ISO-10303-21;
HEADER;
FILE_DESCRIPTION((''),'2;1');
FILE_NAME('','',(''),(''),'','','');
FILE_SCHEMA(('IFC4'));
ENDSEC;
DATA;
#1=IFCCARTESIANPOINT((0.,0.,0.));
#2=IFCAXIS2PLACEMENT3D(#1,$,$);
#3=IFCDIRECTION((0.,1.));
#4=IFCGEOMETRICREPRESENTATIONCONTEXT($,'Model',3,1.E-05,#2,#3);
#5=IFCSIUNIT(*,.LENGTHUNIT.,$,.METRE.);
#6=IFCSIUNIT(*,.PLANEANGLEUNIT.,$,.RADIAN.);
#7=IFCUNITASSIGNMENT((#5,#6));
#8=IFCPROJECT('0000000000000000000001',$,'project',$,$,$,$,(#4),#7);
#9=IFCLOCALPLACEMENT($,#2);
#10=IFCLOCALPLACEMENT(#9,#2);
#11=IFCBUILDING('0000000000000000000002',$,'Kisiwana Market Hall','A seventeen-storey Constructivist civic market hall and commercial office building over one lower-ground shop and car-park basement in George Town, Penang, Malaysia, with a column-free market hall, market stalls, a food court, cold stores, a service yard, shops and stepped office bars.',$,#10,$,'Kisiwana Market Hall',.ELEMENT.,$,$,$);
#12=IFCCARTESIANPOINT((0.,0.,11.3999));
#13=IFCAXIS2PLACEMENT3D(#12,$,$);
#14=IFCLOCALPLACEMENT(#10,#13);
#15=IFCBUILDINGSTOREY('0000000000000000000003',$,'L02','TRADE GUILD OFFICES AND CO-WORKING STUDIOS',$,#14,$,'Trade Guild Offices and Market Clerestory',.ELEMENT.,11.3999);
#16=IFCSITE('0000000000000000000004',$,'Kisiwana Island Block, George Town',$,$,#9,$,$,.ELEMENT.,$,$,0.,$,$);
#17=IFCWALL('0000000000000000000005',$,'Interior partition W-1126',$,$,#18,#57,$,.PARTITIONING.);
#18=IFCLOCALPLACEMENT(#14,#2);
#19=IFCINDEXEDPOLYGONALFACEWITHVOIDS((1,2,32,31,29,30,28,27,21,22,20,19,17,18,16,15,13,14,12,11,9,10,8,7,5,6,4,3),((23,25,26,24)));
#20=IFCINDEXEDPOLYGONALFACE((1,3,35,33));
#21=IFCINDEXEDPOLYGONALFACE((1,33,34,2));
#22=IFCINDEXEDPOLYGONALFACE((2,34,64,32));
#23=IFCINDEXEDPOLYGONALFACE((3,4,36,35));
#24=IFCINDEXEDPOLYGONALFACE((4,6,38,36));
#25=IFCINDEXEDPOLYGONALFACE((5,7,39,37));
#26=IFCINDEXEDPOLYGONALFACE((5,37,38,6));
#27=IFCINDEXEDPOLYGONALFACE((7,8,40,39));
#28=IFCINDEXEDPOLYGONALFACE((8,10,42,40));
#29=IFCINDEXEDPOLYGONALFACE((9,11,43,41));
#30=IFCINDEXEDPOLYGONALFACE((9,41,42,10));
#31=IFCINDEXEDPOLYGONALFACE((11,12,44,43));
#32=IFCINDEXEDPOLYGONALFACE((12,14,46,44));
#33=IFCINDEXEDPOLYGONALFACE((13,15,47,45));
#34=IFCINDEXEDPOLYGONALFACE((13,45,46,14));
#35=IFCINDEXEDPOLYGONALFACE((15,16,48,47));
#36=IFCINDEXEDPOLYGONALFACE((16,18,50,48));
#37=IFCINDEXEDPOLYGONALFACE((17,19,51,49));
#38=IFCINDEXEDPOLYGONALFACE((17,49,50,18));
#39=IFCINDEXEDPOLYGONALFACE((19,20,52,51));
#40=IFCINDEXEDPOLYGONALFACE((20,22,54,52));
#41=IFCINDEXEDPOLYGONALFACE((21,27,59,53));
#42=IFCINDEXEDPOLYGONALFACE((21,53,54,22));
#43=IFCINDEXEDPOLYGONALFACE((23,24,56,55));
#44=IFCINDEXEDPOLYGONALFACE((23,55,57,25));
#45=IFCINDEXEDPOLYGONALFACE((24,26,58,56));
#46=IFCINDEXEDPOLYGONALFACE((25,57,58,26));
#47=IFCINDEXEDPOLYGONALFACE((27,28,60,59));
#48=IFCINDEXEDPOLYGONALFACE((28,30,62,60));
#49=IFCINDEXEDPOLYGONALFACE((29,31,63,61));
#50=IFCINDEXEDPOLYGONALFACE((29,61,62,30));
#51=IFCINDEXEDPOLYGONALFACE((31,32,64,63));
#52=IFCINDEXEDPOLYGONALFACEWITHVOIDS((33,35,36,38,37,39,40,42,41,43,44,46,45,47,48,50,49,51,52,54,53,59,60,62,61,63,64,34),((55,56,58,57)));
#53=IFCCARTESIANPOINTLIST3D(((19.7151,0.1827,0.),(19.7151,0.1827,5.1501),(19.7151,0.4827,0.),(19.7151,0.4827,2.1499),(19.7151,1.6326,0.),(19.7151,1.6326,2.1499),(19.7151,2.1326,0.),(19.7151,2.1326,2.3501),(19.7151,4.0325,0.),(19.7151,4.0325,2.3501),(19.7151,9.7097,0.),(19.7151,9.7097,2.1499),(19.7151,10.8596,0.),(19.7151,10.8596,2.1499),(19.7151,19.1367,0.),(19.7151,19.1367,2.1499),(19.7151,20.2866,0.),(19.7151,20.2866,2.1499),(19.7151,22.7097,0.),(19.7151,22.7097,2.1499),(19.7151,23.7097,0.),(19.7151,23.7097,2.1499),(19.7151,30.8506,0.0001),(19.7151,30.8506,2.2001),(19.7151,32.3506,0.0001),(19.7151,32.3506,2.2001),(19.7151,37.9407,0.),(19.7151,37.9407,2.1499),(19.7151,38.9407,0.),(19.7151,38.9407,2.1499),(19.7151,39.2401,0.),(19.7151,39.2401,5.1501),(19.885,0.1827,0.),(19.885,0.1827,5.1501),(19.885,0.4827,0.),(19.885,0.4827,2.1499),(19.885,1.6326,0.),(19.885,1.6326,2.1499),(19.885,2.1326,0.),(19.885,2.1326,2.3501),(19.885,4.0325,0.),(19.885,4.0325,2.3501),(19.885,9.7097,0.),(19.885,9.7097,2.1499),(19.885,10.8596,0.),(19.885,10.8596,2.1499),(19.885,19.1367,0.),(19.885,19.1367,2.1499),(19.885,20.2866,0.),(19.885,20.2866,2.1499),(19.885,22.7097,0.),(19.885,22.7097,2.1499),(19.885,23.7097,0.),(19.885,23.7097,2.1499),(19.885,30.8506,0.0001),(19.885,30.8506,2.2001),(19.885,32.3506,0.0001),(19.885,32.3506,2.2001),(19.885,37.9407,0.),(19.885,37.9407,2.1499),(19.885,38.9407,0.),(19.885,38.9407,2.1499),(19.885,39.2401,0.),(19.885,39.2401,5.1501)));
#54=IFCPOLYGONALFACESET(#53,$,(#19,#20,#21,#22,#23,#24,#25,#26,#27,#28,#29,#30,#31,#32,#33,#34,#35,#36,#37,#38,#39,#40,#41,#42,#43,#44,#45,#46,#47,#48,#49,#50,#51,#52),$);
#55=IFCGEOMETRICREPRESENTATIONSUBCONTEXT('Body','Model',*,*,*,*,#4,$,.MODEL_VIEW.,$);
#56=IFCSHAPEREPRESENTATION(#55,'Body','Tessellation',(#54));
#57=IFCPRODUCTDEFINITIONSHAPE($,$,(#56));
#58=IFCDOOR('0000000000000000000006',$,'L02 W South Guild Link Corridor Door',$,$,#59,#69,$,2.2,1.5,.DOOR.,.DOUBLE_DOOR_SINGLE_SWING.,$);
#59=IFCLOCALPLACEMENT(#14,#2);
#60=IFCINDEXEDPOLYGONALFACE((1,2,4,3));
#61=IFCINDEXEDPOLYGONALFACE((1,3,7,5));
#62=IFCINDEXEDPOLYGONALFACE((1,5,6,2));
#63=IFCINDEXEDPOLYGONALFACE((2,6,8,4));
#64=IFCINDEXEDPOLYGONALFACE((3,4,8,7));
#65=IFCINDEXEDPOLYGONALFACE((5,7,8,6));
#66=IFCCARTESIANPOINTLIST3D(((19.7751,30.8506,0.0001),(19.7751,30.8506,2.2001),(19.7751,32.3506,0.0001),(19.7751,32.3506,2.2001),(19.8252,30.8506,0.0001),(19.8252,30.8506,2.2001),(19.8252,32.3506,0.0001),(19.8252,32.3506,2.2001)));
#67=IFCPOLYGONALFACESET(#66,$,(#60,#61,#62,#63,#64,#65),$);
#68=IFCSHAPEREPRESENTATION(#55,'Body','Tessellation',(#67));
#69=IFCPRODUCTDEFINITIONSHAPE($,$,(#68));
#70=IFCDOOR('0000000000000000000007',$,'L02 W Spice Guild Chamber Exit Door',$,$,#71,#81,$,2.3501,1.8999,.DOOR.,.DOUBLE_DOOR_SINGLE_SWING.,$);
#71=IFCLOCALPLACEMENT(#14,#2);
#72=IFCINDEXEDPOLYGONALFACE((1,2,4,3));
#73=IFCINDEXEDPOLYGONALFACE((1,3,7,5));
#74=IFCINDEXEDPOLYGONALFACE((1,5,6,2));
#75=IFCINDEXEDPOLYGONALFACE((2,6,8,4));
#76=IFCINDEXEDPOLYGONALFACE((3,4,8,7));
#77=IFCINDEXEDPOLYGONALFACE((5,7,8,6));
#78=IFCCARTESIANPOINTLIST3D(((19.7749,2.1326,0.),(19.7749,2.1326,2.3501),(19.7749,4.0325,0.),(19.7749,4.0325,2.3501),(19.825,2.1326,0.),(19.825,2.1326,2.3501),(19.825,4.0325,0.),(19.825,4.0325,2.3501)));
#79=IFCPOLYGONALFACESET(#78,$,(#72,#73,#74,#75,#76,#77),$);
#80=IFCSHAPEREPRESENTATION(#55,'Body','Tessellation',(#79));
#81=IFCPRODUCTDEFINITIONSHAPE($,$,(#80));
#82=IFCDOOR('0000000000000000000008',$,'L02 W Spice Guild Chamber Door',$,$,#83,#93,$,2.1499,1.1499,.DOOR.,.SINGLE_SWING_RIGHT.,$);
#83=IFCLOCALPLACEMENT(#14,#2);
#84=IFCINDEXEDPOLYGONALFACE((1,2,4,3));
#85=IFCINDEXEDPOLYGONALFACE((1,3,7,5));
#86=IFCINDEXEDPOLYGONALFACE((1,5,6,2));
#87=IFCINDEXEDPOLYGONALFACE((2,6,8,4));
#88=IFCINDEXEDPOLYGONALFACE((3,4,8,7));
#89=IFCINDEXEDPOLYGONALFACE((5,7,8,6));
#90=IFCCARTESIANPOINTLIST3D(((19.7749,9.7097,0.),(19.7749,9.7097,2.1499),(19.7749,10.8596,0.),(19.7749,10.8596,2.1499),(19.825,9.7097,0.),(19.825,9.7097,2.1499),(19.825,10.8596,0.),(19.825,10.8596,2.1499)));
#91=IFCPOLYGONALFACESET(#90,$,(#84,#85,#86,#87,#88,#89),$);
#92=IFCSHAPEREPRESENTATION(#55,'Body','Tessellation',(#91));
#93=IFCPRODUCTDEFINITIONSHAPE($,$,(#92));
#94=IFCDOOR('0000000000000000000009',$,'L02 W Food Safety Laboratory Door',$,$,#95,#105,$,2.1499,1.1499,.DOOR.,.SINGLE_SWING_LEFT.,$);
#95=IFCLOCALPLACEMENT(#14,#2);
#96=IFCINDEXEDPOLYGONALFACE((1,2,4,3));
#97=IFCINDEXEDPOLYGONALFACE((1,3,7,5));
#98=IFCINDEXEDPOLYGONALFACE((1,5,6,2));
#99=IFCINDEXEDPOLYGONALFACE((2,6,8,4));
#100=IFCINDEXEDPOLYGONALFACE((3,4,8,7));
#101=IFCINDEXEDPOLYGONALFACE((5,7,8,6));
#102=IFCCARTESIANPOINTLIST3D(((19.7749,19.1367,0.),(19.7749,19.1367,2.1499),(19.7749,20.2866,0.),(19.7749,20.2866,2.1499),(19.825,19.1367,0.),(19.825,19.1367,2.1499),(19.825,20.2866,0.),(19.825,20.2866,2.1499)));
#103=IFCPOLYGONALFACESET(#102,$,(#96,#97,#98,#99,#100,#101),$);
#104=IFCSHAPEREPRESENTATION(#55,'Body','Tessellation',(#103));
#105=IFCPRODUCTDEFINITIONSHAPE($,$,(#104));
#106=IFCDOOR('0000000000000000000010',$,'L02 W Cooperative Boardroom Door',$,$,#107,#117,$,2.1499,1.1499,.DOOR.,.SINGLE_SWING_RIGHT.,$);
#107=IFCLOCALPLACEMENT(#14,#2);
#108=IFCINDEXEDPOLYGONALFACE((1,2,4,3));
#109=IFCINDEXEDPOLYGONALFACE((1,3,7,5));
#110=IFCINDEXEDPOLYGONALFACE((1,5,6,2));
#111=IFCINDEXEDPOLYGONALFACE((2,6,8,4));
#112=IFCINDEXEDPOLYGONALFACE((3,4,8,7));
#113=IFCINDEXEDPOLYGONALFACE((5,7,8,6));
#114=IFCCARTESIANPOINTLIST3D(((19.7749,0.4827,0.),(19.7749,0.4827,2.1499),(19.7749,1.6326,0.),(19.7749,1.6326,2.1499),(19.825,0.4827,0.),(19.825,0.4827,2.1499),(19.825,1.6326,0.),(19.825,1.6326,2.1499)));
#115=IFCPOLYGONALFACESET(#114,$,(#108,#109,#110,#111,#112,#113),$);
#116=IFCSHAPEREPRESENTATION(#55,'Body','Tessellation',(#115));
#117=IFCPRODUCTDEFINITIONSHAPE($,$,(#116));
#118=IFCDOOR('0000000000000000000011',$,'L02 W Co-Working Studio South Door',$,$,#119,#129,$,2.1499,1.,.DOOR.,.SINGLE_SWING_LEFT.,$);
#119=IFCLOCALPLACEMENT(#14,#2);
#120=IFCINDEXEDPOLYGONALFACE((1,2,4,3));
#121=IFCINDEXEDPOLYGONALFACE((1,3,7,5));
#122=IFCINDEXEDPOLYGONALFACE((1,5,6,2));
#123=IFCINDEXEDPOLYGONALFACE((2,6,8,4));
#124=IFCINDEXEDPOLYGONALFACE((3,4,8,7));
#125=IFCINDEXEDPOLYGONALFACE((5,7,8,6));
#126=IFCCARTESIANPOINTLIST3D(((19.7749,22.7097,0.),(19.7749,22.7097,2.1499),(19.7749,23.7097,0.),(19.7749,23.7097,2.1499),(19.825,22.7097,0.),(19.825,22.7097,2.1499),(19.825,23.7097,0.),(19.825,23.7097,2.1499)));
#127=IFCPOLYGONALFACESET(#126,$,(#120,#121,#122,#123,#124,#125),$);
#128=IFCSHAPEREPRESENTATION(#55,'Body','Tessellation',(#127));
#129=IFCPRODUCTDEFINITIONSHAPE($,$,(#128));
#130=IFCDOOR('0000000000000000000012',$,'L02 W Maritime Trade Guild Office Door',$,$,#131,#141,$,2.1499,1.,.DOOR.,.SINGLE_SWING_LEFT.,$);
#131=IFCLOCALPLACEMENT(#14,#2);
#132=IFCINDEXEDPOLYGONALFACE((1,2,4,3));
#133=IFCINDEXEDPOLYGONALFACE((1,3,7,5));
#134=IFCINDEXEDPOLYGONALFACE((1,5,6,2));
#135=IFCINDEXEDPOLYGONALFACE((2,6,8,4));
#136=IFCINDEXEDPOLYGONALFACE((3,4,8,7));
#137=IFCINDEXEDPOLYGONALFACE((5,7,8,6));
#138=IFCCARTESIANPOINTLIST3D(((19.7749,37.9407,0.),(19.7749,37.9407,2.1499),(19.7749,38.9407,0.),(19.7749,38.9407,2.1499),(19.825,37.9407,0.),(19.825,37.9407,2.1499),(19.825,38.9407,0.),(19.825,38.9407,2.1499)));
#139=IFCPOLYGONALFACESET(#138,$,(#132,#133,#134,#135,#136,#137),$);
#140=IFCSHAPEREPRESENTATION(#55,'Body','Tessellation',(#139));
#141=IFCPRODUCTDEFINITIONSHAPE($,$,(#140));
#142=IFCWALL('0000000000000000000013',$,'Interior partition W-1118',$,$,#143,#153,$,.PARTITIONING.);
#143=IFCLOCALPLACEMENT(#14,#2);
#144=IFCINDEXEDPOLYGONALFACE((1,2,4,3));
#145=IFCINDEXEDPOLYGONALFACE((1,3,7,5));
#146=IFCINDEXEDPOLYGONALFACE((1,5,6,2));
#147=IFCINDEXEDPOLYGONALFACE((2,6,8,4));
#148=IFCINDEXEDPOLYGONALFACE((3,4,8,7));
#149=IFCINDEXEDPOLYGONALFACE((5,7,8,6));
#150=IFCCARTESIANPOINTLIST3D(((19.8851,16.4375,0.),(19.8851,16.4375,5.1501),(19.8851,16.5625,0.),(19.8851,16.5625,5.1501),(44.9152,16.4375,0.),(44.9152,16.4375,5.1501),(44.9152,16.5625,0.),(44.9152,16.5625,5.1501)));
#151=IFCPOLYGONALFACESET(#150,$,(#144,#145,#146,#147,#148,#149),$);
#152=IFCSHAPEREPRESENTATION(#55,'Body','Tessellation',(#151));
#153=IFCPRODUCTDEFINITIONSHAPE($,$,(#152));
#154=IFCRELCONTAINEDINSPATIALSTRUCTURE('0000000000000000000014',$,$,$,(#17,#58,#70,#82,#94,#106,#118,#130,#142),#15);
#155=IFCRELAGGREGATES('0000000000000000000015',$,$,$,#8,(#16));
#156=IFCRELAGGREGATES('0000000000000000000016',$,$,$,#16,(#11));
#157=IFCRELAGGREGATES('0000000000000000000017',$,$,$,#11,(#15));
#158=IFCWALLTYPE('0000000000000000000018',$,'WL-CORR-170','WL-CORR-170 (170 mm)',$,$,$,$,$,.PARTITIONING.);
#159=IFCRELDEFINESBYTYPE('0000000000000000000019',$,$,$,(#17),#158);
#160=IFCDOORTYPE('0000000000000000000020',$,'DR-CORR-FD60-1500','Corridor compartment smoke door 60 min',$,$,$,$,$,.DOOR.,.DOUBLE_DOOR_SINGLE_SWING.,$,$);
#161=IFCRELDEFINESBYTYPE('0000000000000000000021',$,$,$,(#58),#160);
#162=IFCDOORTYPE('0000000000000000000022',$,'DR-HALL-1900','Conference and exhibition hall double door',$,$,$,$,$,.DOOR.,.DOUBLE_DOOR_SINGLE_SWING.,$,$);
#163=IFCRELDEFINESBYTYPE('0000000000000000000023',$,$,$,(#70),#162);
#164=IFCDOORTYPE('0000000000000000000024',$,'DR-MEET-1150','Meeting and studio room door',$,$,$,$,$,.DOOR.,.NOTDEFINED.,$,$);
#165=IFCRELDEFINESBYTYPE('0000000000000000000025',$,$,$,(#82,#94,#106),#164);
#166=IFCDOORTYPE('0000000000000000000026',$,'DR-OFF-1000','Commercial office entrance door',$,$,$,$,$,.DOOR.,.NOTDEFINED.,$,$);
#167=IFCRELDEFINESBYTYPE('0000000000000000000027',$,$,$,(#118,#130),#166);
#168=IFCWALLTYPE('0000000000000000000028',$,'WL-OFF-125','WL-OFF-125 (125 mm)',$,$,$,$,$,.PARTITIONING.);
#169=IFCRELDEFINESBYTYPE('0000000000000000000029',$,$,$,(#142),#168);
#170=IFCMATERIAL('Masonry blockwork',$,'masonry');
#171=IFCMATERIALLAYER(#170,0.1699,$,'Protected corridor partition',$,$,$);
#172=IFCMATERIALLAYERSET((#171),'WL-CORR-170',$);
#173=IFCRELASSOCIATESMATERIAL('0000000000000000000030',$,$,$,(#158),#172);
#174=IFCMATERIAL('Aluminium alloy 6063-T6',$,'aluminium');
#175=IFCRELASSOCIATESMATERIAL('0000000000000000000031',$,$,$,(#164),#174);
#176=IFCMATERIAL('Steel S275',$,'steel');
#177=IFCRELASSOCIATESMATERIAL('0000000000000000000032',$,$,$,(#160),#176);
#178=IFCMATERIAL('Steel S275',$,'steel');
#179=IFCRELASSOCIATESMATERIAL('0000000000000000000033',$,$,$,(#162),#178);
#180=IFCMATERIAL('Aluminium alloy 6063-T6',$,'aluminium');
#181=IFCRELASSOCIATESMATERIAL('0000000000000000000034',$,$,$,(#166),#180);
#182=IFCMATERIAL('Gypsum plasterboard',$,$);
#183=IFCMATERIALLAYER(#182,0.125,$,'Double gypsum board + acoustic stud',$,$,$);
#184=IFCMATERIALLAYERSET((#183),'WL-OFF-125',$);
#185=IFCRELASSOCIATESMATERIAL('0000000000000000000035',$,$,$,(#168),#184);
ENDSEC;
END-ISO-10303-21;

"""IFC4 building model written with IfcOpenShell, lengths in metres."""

from ifc_helpers import new_model, si_unit, direction, frame, frame_2d, origin, place, context, subcontext, project, spatial, rectangle, extrude, material, layer, layer_set, type_object, element, fill, save


model = new_model("IFC4")

# Units and contexts
model_context = context("Model", 3, precision=1e-05, world=origin(), true_north=direction((0.0, 1.0)))
body_context = subcontext(model_context, "Body", "Model", "MODEL_VIEW")
ifc_project = project(units=[si_unit("LENGTHUNIT", "METRE"), si_unit("PLANEANGLEUNIT", "RADIAN")], contexts=[model_context])

# Site, building, storey
site_placement = place(None, origin())
site = spatial("IfcSite", under=ifc_project, at=site_placement, Name="Kisiwana Island Block, George Town", CompositionType="ELEMENT", RefElevation=0.0)
building_placement = place(site_placement, origin())
building = spatial("IfcBuilding", under=site, at=building_placement, Name="Kisiwana Market Hall", Description="A seventeen-storey Constructivist civic market hall and commercial office building over one lower-ground shop and car-park basement in George Town, Penang, Malaysia, with a column-free market hall, market stalls, a food court, cold stores, a service yard, shops and stepped office bars.", LongName="Kisiwana Market Hall", CompositionType="ELEMENT")
storey_placement = place(building_placement, frame((0.0, 0.0, 11.3999)))
storey = spatial("IfcBuildingStorey", under=building, at=storey_placement, Name="L02", Description="TRADE GUILD OFFICES AND CO-WORKING STUDIOS", LongName="Trade Guild Offices and Market Clerestory", CompositionType="ELEMENT", Elevation=11.3999)

# Shared definitions
ifc_material_1 = material(Name="Masonry blockwork", Category="masonry")
ifc_layer_1 = layer(ifc_material_1, 0.1699, Name="Protected corridor partition")
ifc_layer_set_1 = layer_set([ifc_layer_1], Name="WL-CORR-170")
wall_type_1 = type_object("IfcWallType", Name="WL-CORR-170", Description="WL-CORR-170 (170 mm)", PredefinedType="PARTITIONING", material=ifc_layer_set_1)
ifc_material_2 = material(Name="Aluminium alloy 6063-T6", Category="aluminium")
door_type_1 = type_object("IfcDoorType", Name="DR-MEET-1150", Description="Meeting and studio room door", OperationType="NOTDEFINED", PredefinedType="DOOR", material=ifc_material_2)

# Wall, openings, doors
wall_1_placement = place(storey_placement, frame((19.8, 0.1826, 0.0), z_axis=(0.0, 0.0, 1.0), x_axis=(0.0, 1.0, 0.0)))
wall_1 = element("IfcWall", 1, at=wall_1_placement, inside=storey, type_object=wall_type_1, Name="Interior partition W-1126", PredefinedType="PARTITIONING", context=body_context, shape_type="SweptSolid", body=[
    extrude(rectangle(XDim=39.0574, YDim=0.1699, at=frame_2d((19.5288, 0.0))), origin(), (0.0, 0.0, 1.0), 5.1501),
])
opening_1_placement = place(wall_1_placement, frame((9.5271, 0.0, 0.0)))
opening_1 = element("IfcOpeningElement", 2, at=opening_1_placement, cuts=wall_1, PredefinedType="OPENING", context=body_context, shape_type="SweptSolid", body=[
    extrude(rectangle(XDim=1.1499, YDim=2.1499, at=frame_2d((0.575, 1.075))), frame((0.0, 0.0969, 0.0), z_axis=(0.0, -1.0, 0.0), x_axis=(1.0, 0.0, 0.0)), (0.0, 0.0, 1.0), 0.1938),
])
opening_2_placement = place(wall_1_placement, frame((22.5271, 0.0, 0.0)))
opening_2 = element("IfcOpeningElement", 3, at=opening_2_placement, cuts=wall_1, PredefinedType="OPENING", context=body_context, shape_type="SweptSolid", body=[
    extrude(rectangle(XDim=1.0, YDim=2.1499, at=frame_2d((0.5, 1.075))), frame((0.0, 0.0969, 0.0), z_axis=(0.0, -1.0, 0.0), x_axis=(1.0, 0.0, 0.0)), (0.0, 0.0, 1.0), 0.1938),
])
opening_3_placement = place(wall_1_placement, frame((30.668, 0.0, 0.0)))
opening_3 = element("IfcOpeningElement", 4, at=opening_3_placement, cuts=wall_1, PredefinedType="OPENING", context=body_context, shape_type="SweptSolid", body=[
    extrude(rectangle(XDim=1.5, YDim=2.2, at=frame_2d((0.75, 1.1001))), frame((0.0, 0.0969, 0.0), z_axis=(0.0, -1.0, 0.0), x_axis=(1.0, 0.0, 0.0)), (0.0, 0.0, 1.0), 0.1938),
])
opening_4_placement = place(wall_1_placement, frame((18.9541, 0.0, 0.0)))
opening_4 = element("IfcOpeningElement", 5, at=opening_4_placement, cuts=wall_1, PredefinedType="OPENING", context=body_context, shape_type="SweptSolid", body=[
    extrude(rectangle(XDim=1.1499, YDim=2.1499, at=frame_2d((0.575, 1.075))), frame((0.0, 0.0969, 0.0), z_axis=(0.0, -1.0, 0.0), x_axis=(1.0, 0.0, 0.0)), (0.0, 0.0, 1.0), 0.1938),
])
opening_5_placement = place(wall_1_placement, frame((0.3, 0.0, 0.0)))
opening_5 = element("IfcOpeningElement", 6, at=opening_5_placement, cuts=wall_1, PredefinedType="OPENING", context=body_context, shape_type="SweptSolid", body=[
    extrude(rectangle(XDim=1.1499, YDim=2.1499, at=frame_2d((0.575, 1.075))), frame((0.0, 0.0969, 0.0), z_axis=(0.0, -1.0, 0.0), x_axis=(1.0, 0.0, 0.0)), (0.0, 0.0, 1.0), 0.1938),
])
opening_6_placement = place(wall_1_placement, frame((37.7581, 0.0, 0.0)))
opening_6 = element("IfcOpeningElement", 7, at=opening_6_placement, cuts=wall_1, PredefinedType="OPENING", context=body_context, shape_type="SweptSolid", body=[
    extrude(rectangle(XDim=1.0, YDim=2.1499, at=frame_2d((0.5, 1.075))), frame((0.0, 0.0969, 0.0), z_axis=(0.0, -1.0, 0.0), x_axis=(1.0, 0.0, 0.0)), (0.0, 0.0, 1.0), 0.1938),
])
opening_7_placement = place(wall_1_placement, frame((1.95, 0.0, 0.0)))
opening_7 = element("IfcOpeningElement", 8, at=opening_7_placement, cuts=wall_1, PredefinedType="OPENING", context=body_context, shape_type="SweptSolid", body=[
    extrude(rectangle(XDim=1.8999, YDim=2.3501, at=frame_2d((0.95, 1.175))), frame((0.0, 0.0969, 0.0), z_axis=(0.0, -1.0, 0.0), x_axis=(1.0, 0.0, 0.0)), (0.0, 0.0, 1.0), 0.1938),
])
ifc_material_3 = material(Name="Steel S275", Category="steel")
door_type_2 = type_object("IfcDoorType", Name="DR-CORR-FD60-1500", Description="Corridor compartment smoke door 60 min", OperationType="DOUBLE_DOOR_SINGLE_SWING", PredefinedType="DOOR", material=ifc_material_3)
door_1_placement = place(opening_3_placement, origin())
door_1 = element("IfcDoor", 9, at=door_1_placement, inside=storey, type_object=door_type_2, Name="L02 W South Guild Link Corridor Door", OperationType="DOUBLE_DOOR_SINGLE_SWING", OverallHeight=2.2, OverallWidth=1.5, PredefinedType="DOOR", context=body_context, shape_type="SweptSolid", body=[
    extrude(rectangle(XDim=1.5, YDim=2.2, at=frame_2d((0.75, 1.1001))), frame((0.0, 0.0249, 0.0), z_axis=(0.0, -1.0, 0.0), x_axis=(1.0, 0.0, 0.0)), (0.0, 0.0, 1.0), 0.05),
])
fill(opening_3, door_1)
ifc_material_4 = material(Name="Steel S275", Category="steel")
door_type_3 = type_object("IfcDoorType", Name="DR-HALL-1900", Description="Conference and exhibition hall double door", OperationType="DOUBLE_DOOR_SINGLE_SWING", PredefinedType="DOOR", material=ifc_material_4)
door_2_placement = place(opening_7_placement, frame((1.8999, 0.0, 0.0), z_axis=(0.0, 0.0, 1.0), x_axis=(-1.0, 0.0, 0.0)))
door_2 = element("IfcDoor", 10, at=door_2_placement, inside=storey, type_object=door_type_3, Name="L02 W Spice Guild Chamber Exit Door", OperationType="DOUBLE_DOOR_SINGLE_SWING", OverallHeight=2.3501, OverallWidth=1.8999, PredefinedType="DOOR", context=body_context, shape_type="SweptSolid", body=[
    extrude(rectangle(XDim=1.8999, YDim=2.3501, at=frame_2d((0.95, 1.175))), frame((0.0, 0.0249, 0.0), z_axis=(0.0, -1.0, 0.0), x_axis=(1.0, 0.0, 0.0)), (0.0, 0.0, 1.0), 0.05),
])
fill(opening_7, door_2)
door_3_placement = place(opening_1_placement, frame((1.1499, 0.0, 0.0), z_axis=(0.0, 0.0, 1.0), x_axis=(-1.0, 0.0, 0.0)))
door_3 = element("IfcDoor", 11, at=door_3_placement, inside=storey, type_object=door_type_1, Name="L02 W Spice Guild Chamber Door", OperationType="SINGLE_SWING_RIGHT", OverallHeight=2.1499, OverallWidth=1.1499, PredefinedType="DOOR", context=body_context, shape_type="SweptSolid", body=[
    extrude(rectangle(XDim=1.1499, YDim=2.1499, at=frame_2d((0.575, 1.075))), frame((0.0, 0.0249, 0.0), z_axis=(0.0, -1.0, 0.0), x_axis=(1.0, 0.0, 0.0)), (0.0, 0.0, 1.0), 0.05),
])
fill(opening_1, door_3)
door_4_placement = place(opening_4_placement, frame((1.1499, 0.0, 0.0), z_axis=(0.0, 0.0, 1.0), x_axis=(-1.0, 0.0, 0.0)))
door_4 = element("IfcDoor", 12, at=door_4_placement, inside=storey, type_object=door_type_1, Name="L02 W Food Safety Laboratory Door", OperationType="SINGLE_SWING_LEFT", OverallHeight=2.1499, OverallWidth=1.1499, PredefinedType="DOOR", context=body_context, shape_type="SweptSolid", body=[
    extrude(rectangle(XDim=1.1499, YDim=2.1499, at=frame_2d((0.575, 1.075))), frame((0.0, 0.0249, 0.0), z_axis=(0.0, -1.0, 0.0), x_axis=(1.0, 0.0, 0.0)), (0.0, 0.0, 1.0), 0.05),
])
fill(opening_4, door_4)
door_5_placement = place(opening_5_placement, frame((1.1499, 0.0, 0.0), z_axis=(0.0, 0.0, 1.0), x_axis=(-1.0, 0.0, 0.0)))
door_5 = element("IfcDoor", 13, at=door_5_placement, inside=storey, type_object=door_type_1, Name="L02 W Cooperative Boardroom Door", OperationType="SINGLE_SWING_RIGHT", OverallHeight=2.1499, OverallWidth=1.1499, PredefinedType="DOOR", context=body_context, shape_type="SweptSolid", body=[
    extrude(rectangle(XDim=1.1499, YDim=2.1499, at=frame_2d((0.575, 1.075))), frame((0.0, 0.0249, 0.0), z_axis=(0.0, -1.0, 0.0), x_axis=(1.0, 0.0, 0.0)), (0.0, 0.0, 1.0), 0.05),
])
fill(opening_5, door_5)
ifc_material_5 = material(Name="Aluminium alloy 6063-T6", Category="aluminium")
door_type_4 = type_object("IfcDoorType", Name="DR-OFF-1000", Description="Commercial office entrance door", OperationType="NOTDEFINED", PredefinedType="DOOR", material=ifc_material_5)
door_6_placement = place(opening_2_placement, frame((1.0, 0.0, 0.0), z_axis=(0.0, 0.0, 1.0), x_axis=(-1.0, 0.0, 0.0)))
door_6 = element("IfcDoor", 14, at=door_6_placement, inside=storey, type_object=door_type_4, Name="L02 W Co-Working Studio South Door", OperationType="SINGLE_SWING_LEFT", OverallHeight=2.1499, OverallWidth=1.0, PredefinedType="DOOR", context=body_context, shape_type="SweptSolid", body=[
    extrude(rectangle(XDim=1.0, YDim=2.1499, at=frame_2d((0.5, 1.075))), frame((0.0, 0.0249, 0.0), z_axis=(0.0, -1.0, 0.0), x_axis=(1.0, 0.0, 0.0)), (0.0, 0.0, 1.0), 0.05),
])
fill(opening_2, door_6)
door_7_placement = place(opening_6_placement, frame((1.0, 0.0, 0.0), z_axis=(0.0, 0.0, 1.0), x_axis=(-1.0, 0.0, 0.0)))
door_7 = element("IfcDoor", 15, at=door_7_placement, inside=storey, type_object=door_type_4, Name="L02 W Maritime Trade Guild Office Door", OperationType="SINGLE_SWING_LEFT", OverallHeight=2.1499, OverallWidth=1.0, PredefinedType="DOOR", context=body_context, shape_type="SweptSolid", body=[
    extrude(rectangle(XDim=1.0, YDim=2.1499, at=frame_2d((0.5, 1.075))), frame((0.0, 0.0249, 0.0), z_axis=(0.0, -1.0, 0.0), x_axis=(1.0, 0.0, 0.0)), (0.0, 0.0, 1.0), 0.05),
])
fill(opening_6, door_7)

# Wall
ifc_material_6 = material(Name="Gypsum plasterboard")
ifc_layer_2 = layer(ifc_material_6, 0.125, Name="Double gypsum board + acoustic stud")
ifc_layer_set_2 = layer_set([ifc_layer_2], Name="WL-OFF-125")
wall_type_2 = type_object("IfcWallType", Name="WL-OFF-125", Description="WL-OFF-125 (125 mm)", PredefinedType="PARTITIONING", material=ifc_layer_set_2)
wall_2_placement = place(storey_placement, frame((19.885, 16.5, 0.0), z_axis=(0.0, 0.0, 1.0), x_axis=(1.0, 0.0, 0.0)))
element("IfcWall", 16, at=wall_2_placement, inside=storey, type_object=wall_type_2, Name="Interior partition W-1118", PredefinedType="PARTITIONING", context=body_context, shape_type="SweptSolid", body=[
    extrude(rectangle(XDim=25.03, YDim=0.125, at=frame_2d((12.5151, 0.0))), origin(), (0.0, 0.0, 1.0), 5.1501),
])

save(model, "model.ifc")
